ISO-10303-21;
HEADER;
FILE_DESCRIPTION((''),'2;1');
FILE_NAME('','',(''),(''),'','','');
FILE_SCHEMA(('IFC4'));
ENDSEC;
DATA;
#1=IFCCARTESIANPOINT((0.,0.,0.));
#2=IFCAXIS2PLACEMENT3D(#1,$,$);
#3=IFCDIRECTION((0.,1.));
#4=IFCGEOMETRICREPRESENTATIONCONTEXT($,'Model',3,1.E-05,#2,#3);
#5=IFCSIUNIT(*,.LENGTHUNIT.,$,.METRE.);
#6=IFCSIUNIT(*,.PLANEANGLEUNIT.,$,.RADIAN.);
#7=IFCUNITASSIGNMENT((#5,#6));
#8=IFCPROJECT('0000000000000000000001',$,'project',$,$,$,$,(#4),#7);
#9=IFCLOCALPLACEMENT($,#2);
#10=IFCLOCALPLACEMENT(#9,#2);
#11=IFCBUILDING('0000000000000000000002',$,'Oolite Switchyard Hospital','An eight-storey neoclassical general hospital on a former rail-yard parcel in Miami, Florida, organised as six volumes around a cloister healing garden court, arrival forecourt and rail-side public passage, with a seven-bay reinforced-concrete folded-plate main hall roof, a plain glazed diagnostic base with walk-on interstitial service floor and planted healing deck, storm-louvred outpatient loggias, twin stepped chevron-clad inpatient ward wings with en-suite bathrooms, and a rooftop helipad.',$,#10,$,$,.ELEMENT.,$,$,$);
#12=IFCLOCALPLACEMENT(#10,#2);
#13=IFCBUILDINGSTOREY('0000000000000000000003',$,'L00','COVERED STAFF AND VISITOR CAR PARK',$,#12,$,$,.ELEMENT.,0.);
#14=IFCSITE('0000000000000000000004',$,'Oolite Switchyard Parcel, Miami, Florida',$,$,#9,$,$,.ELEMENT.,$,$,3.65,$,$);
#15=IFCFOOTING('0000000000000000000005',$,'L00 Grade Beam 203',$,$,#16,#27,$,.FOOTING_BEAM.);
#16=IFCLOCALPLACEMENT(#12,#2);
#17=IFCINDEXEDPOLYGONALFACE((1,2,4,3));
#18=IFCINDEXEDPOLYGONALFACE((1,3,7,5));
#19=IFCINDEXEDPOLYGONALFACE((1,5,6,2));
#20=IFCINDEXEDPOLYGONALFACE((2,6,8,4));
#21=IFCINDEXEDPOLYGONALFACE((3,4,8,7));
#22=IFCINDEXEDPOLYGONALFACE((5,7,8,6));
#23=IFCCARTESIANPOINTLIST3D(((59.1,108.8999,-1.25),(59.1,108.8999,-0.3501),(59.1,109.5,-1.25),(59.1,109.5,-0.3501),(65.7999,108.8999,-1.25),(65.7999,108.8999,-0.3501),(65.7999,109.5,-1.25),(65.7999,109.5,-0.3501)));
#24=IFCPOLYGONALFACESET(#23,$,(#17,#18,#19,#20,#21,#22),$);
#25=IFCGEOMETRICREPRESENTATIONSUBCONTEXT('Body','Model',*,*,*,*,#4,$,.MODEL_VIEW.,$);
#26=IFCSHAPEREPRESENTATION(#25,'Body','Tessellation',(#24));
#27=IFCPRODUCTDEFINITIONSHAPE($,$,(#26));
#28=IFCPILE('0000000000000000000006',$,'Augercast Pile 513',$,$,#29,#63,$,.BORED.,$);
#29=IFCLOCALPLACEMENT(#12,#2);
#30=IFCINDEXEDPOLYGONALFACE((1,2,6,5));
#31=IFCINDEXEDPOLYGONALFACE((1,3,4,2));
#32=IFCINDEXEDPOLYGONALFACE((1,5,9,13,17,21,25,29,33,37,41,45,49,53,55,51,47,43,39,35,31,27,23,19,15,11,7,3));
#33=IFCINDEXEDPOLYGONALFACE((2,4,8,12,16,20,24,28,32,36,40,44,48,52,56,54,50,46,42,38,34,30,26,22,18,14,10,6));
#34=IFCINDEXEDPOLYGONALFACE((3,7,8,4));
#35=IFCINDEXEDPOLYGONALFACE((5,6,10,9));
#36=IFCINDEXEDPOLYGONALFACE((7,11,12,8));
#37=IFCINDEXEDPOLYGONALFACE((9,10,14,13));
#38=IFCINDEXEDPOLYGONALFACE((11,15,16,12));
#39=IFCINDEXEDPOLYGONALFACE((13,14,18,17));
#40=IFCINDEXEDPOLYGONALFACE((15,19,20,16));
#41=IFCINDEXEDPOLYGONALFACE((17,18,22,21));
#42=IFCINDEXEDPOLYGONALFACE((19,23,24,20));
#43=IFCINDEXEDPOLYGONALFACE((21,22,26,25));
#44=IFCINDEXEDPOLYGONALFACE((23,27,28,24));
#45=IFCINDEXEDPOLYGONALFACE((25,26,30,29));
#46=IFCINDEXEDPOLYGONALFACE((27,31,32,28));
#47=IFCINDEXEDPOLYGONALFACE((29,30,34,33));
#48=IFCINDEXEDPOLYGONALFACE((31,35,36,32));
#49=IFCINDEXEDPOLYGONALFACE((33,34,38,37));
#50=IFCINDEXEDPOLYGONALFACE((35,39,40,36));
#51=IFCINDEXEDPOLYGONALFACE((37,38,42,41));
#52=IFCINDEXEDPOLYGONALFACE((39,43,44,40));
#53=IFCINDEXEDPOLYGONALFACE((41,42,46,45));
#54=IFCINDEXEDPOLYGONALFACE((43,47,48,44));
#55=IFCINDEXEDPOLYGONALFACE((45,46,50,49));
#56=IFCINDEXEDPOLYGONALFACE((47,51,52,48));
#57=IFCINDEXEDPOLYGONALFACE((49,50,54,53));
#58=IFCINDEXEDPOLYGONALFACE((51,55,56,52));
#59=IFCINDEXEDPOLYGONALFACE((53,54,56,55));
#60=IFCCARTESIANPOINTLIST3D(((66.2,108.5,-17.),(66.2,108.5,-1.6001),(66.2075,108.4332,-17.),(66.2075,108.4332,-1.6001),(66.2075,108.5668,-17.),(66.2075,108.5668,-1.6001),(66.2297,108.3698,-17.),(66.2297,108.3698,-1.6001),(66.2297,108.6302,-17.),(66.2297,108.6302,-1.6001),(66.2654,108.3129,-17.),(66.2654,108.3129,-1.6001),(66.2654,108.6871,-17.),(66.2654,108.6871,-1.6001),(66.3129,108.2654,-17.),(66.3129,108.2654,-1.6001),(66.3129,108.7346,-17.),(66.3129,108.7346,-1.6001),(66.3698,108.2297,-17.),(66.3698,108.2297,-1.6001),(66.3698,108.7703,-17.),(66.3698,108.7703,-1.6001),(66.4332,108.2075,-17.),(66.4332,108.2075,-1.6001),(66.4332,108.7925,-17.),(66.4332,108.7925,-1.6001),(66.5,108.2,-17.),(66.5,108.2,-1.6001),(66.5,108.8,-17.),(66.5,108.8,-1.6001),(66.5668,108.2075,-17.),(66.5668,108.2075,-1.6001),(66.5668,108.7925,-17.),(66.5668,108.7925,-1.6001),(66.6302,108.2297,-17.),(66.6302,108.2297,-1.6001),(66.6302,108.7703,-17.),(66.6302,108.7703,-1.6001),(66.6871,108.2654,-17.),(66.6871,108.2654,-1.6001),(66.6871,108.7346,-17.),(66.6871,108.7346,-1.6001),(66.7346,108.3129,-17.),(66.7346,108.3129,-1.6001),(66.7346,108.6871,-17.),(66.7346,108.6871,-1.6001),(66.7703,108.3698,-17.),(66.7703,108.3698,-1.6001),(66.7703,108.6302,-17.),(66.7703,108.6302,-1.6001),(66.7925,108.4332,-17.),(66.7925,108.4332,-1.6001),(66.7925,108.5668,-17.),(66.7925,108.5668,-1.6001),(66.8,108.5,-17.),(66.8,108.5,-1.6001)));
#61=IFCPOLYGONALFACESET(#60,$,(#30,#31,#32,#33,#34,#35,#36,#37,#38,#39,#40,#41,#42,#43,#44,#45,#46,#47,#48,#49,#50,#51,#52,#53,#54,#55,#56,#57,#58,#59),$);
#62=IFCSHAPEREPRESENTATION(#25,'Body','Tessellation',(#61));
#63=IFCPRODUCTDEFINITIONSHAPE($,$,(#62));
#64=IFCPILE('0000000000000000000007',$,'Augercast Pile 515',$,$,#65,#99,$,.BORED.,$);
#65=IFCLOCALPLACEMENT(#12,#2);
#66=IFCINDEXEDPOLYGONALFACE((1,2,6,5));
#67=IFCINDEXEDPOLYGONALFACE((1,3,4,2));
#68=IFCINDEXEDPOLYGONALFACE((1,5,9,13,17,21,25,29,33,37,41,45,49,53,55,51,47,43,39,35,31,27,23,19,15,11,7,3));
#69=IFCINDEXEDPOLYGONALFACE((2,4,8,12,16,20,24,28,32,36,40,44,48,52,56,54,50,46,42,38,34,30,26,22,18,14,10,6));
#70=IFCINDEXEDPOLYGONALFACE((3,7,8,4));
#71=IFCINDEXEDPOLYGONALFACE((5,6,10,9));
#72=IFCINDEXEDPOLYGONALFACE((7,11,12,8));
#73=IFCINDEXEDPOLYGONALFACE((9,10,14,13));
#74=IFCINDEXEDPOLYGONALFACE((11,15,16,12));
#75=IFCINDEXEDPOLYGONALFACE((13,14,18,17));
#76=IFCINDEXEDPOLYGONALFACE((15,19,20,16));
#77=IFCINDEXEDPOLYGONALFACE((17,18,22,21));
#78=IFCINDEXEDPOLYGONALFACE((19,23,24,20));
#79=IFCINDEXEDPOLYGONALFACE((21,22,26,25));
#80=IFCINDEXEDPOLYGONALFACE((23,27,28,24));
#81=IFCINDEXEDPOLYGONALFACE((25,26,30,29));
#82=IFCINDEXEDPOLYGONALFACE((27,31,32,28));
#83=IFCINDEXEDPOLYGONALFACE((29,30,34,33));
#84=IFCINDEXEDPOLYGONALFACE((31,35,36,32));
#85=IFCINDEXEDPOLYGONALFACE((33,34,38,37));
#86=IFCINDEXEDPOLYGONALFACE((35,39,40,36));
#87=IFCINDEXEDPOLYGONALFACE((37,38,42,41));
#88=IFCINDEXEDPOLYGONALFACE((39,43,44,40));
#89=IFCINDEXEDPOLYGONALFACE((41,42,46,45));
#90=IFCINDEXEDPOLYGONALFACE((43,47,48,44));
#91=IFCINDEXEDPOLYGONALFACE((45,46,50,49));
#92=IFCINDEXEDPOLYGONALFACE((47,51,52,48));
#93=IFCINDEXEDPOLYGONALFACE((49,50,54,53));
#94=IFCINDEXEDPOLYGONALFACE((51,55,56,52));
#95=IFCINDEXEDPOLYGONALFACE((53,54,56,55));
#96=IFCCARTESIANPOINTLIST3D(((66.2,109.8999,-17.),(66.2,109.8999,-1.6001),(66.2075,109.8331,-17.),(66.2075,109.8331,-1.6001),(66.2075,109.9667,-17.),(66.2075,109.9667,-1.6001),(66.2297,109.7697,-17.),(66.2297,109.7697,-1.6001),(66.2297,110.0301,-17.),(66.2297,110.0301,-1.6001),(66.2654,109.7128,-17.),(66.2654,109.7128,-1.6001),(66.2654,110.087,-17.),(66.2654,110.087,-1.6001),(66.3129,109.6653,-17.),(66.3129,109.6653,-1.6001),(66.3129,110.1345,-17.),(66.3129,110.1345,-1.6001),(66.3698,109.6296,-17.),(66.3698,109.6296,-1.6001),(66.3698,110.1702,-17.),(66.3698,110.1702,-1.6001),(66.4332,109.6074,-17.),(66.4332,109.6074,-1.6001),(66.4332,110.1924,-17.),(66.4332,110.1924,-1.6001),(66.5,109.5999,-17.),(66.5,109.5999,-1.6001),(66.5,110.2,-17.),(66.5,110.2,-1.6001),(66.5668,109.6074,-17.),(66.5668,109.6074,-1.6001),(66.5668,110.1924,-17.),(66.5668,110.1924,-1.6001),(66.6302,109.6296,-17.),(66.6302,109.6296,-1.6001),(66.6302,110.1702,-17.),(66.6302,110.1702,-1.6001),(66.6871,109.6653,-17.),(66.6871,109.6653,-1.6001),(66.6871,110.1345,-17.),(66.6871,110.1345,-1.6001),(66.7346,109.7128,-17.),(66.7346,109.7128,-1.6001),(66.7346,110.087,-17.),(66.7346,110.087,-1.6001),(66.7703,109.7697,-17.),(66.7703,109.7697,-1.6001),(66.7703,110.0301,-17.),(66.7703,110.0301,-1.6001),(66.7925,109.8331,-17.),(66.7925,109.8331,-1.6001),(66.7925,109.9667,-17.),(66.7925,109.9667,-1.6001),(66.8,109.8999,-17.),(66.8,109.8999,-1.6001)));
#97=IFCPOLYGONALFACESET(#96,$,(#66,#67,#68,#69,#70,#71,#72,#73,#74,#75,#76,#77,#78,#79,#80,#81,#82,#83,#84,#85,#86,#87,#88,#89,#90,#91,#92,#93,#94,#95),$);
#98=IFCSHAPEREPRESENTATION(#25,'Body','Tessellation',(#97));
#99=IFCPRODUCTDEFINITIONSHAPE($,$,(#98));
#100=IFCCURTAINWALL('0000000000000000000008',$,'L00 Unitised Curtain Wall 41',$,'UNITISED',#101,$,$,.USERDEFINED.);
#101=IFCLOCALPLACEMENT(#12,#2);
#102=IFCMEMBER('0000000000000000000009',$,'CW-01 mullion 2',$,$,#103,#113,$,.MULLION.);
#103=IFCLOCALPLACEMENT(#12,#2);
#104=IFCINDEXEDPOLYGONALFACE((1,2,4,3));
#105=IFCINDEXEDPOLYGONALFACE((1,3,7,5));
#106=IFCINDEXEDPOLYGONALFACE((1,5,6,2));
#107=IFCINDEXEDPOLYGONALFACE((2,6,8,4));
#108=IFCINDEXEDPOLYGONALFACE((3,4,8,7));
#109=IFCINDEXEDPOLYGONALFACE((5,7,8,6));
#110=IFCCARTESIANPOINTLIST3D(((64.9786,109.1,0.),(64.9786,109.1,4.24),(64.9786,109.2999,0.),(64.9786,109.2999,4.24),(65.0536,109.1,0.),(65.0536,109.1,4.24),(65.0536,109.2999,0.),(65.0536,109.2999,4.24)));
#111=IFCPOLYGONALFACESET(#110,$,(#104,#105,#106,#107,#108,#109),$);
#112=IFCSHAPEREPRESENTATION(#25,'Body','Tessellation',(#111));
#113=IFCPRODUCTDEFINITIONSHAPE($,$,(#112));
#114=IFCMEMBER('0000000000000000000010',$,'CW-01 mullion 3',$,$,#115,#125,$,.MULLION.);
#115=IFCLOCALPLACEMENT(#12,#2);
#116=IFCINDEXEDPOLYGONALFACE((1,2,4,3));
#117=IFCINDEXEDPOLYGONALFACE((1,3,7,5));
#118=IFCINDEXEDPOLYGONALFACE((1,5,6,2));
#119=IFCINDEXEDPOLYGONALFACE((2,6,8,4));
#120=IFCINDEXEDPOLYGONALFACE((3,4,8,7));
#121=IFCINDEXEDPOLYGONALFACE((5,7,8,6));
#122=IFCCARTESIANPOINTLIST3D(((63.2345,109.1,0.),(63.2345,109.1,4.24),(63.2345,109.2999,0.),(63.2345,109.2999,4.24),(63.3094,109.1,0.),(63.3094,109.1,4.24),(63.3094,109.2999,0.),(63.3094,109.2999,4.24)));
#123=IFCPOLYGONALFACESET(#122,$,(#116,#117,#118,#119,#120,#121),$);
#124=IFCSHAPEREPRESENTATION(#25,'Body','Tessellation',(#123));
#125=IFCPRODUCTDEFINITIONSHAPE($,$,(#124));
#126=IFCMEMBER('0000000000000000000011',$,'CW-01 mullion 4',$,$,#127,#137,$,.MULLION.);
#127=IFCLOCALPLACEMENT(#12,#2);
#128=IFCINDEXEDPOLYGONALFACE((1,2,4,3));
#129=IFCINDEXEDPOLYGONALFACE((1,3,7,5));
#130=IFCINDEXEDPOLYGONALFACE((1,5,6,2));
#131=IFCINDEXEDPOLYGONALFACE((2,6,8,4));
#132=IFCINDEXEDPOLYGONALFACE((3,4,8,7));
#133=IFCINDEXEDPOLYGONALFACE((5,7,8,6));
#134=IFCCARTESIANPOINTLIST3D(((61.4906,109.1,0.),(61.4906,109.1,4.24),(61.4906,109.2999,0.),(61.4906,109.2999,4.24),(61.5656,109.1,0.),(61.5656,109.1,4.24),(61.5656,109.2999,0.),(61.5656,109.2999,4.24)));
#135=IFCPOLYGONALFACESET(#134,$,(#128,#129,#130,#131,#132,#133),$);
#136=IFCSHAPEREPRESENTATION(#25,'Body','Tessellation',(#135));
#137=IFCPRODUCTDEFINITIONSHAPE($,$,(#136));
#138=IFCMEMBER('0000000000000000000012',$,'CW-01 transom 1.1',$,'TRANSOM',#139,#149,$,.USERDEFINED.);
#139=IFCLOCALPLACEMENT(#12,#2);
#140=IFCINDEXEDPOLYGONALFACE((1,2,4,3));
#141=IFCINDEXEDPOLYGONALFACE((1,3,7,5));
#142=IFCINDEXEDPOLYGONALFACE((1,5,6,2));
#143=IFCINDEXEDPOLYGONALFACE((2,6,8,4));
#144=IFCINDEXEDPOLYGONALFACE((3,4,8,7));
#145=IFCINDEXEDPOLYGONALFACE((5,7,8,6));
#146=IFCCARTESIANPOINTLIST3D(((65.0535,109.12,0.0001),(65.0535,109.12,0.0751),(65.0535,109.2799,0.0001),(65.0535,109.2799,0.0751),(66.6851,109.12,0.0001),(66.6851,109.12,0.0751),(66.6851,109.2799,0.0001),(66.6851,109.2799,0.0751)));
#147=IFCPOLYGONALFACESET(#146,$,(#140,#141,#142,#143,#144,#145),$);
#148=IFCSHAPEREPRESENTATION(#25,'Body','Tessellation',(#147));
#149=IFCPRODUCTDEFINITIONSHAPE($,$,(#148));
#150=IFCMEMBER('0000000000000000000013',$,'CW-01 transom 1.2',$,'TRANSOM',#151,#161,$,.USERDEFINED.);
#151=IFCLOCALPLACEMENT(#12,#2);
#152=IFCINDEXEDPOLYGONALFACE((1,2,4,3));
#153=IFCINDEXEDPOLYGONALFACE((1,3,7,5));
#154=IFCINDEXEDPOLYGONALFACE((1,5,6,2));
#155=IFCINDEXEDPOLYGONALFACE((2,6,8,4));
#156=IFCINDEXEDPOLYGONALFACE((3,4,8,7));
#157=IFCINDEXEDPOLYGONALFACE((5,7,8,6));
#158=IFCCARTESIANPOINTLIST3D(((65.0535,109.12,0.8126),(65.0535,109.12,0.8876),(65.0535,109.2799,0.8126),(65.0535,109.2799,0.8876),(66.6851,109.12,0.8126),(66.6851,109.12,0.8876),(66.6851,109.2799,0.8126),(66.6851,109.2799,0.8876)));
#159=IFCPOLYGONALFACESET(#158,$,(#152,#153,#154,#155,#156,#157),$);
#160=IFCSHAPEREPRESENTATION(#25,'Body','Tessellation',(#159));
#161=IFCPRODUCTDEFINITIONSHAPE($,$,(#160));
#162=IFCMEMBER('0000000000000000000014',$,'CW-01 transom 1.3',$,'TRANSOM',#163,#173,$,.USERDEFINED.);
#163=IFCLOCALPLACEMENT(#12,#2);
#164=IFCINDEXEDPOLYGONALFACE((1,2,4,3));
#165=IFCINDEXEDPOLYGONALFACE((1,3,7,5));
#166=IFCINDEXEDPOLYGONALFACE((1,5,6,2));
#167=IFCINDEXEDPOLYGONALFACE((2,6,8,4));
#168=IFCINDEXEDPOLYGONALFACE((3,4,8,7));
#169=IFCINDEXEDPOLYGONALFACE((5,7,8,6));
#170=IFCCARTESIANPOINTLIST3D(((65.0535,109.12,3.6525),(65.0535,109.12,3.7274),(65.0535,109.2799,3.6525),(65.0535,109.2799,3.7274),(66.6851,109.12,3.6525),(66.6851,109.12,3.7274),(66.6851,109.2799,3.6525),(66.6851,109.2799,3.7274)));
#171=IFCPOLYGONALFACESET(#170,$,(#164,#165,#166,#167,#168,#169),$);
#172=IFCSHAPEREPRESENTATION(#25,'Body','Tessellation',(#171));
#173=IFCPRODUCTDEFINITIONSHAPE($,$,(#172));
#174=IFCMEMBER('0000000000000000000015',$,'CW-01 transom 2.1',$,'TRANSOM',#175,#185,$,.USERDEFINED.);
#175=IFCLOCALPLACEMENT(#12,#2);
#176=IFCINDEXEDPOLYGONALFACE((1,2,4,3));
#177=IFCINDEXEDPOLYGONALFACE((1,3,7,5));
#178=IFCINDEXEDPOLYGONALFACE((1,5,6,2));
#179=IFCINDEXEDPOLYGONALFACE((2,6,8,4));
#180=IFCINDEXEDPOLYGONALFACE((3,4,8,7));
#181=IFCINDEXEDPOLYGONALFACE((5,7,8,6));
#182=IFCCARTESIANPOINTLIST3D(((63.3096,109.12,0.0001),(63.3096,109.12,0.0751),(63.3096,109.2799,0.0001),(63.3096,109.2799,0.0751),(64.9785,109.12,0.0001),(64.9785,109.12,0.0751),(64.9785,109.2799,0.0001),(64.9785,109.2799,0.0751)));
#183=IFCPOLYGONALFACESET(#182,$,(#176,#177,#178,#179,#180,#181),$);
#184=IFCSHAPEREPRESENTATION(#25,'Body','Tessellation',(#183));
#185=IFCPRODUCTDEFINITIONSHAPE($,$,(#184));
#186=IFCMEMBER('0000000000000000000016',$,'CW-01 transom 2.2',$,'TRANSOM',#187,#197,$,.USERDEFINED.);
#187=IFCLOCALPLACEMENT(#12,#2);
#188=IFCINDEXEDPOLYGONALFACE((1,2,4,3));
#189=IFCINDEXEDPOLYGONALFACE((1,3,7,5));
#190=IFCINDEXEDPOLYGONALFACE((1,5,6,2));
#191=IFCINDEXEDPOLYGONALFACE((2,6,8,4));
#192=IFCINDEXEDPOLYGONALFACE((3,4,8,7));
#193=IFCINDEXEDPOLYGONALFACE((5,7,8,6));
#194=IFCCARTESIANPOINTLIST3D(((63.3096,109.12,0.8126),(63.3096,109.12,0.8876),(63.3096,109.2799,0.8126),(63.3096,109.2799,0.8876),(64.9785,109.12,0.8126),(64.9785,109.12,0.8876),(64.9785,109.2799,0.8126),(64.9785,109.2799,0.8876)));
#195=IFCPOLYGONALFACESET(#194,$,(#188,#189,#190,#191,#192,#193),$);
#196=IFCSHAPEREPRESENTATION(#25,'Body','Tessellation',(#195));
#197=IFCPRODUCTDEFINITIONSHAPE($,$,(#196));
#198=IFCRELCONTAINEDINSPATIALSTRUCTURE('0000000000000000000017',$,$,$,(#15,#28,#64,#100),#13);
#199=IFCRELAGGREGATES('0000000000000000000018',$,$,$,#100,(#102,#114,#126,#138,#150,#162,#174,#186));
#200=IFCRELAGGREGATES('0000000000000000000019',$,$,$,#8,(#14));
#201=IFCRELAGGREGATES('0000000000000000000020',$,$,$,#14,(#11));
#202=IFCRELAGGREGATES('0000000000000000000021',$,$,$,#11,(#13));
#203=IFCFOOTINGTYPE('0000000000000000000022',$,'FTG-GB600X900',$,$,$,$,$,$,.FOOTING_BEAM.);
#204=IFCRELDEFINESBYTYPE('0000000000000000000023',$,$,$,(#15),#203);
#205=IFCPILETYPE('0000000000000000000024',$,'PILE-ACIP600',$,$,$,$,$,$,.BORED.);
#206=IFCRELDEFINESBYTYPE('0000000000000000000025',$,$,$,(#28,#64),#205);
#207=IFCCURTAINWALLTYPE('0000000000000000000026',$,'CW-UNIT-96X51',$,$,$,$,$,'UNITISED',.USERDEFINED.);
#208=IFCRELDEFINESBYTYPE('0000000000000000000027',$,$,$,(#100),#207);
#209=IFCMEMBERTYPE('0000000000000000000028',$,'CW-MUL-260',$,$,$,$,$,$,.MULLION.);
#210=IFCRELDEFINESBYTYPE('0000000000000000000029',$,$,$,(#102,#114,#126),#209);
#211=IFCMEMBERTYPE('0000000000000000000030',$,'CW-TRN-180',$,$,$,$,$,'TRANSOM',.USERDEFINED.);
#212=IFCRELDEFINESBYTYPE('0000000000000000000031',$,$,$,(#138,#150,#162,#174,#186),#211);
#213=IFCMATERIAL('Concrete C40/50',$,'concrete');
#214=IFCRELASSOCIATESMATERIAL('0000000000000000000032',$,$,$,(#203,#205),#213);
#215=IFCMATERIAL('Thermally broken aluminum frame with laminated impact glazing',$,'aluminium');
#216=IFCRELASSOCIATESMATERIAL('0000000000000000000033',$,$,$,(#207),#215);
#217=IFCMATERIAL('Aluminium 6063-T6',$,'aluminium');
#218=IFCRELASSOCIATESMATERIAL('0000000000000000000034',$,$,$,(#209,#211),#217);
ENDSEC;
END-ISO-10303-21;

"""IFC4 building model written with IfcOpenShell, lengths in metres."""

from ifc_helpers import new_model, si_unit, direction, frame, origin, origin_2d, place, context, subcontext, project, spatial, rectangle, circle, extrude, material, material_profile, profile_set, type_object, element, aggregate, save


model = new_model("IFC4")

# Units and contexts
model_context = context("Model", 3, precision=1e-05, world=origin(), true_north=direction((0.0, 1.0)))
body_context = subcontext(model_context, "Body", "Model", "MODEL_VIEW")
ifc_project = project(units=[si_unit("LENGTHUNIT", "METRE"), si_unit("PLANEANGLEUNIT", "RADIAN")], contexts=[model_context])

# Site, building, storey
site_placement = place(None, origin())
site = spatial("IfcSite", under=ifc_project, at=site_placement, Name="Oolite Switchyard Parcel, Miami, Florida", CompositionType="ELEMENT", RefElevation=3.65)
building_placement = place(site_placement, origin())
building = spatial("IfcBuilding", under=site, at=building_placement, Name="Oolite Switchyard Hospital", Description="An eight-storey neoclassical general hospital on a former rail-yard parcel in Miami, Florida, organised as six volumes around a cloister healing garden court, arrival forecourt and rail-side public passage, with a seven-bay reinforced-concrete folded-plate main hall roof, a plain glazed diagnostic base with walk-on interstitial service floor and planted healing deck, storm-louvred outpatient loggias, twin stepped chevron-clad inpatient ward wings with en-suite bathrooms, and a rooftop helipad.", CompositionType="ELEMENT")
storey_placement = place(building_placement, origin())
storey = spatial("IfcBuildingStorey", under=building, at=storey_placement, Name="L00", Description="COVERED STAFF AND VISITOR CAR PARK", CompositionType="ELEMENT", Elevation=0.0)

# Footing
ifc_material_1 = material(Name="Concrete C40/50", Category="concrete")
footing_type = type_object("IfcFootingType", Name="FTG-GB600X900", PredefinedType="FOOTING_BEAM", material=ifc_material_1)
footing_placement = place(storey_placement, frame((62.45, 109.2, -1.25), z_axis=(0.0, 0.0, 1.0), x_axis=(1.0, 0.0, 0.0)))
element("IfcFooting", 1, at=footing_placement, inside=storey, type_object=footing_type, Name="L00 Grade Beam 203", PredefinedType="FOOTING_BEAM", context=body_context, shape_type="SweptSolid", body=[
    extrude(rectangle(XDim=6.7, YDim=0.6001, at=origin_2d()), origin(), (0.0, 0.0, 1.0), 0.8999),
])

# Piles
ifc_material_profile_1 = material_profile(ifc_material_1, circle(Radius=0.3, at=origin_2d()), Name="PILE600")
ifc_profile_set_1 = profile_set([ifc_material_profile_1], Name="Concrete C40/50")
pile_type = type_object("IfcPileType", Name="PILE-ACIP600", PredefinedType="BORED", material=ifc_profile_set_1)
for number, where, z_axis, x_axis, name in (
    (2, (66.5, 108.5, -1.6001), (0.0, 0.0, -1.0), (1.0, 0.0, 0.0), "Augercast Pile 513"),
    (3, (66.5, 109.8999, -1.6001), (0.0, 0.0, -1.0), (1.0, 0.0, 0.0), "Augercast Pile 515"),
):
    element("IfcPile", number, at=place(storey_placement, frame(where, z_axis=z_axis, x_axis=x_axis)), inside=storey, type_object=pile_type, Name=name, PredefinedType="BORED", context=body_context, shape_type="SweptSolid", body=[
        extrude(circle(Radius=0.3, at=origin_2d()), origin(), (0.0, 0.0, 1.0), 15.3999),
    ])

# Curtain wall, members
ifc_material_2 = material(Name="Thermally broken aluminum frame with laminated impact glazing", Category="aluminium")
curtain_wall_type = type_object("IfcCurtainWallType", Name="CW-UNIT-96X51", ElementType="UNITISED", PredefinedType="USERDEFINED", material=ifc_material_2)
curtain_wall_placement = place(storey_placement, origin())
curtain_wall = element("IfcCurtainWall", 4, at=curtain_wall_placement, inside=storey, type_object=curtain_wall_type, Name="L00 Unitised Curtain Wall 41", ObjectType="UNITISED", PredefinedType="USERDEFINED")
ifc_material_3 = material(Name="Aluminium 6063-T6", Category="aluminium")
ifc_material_profile_2 = material_profile(ifc_material_3, rectangle(XDim=0.2, YDim=0.075, at=origin_2d()), Name="CWM75X200")
ifc_profile_set_2 = profile_set([ifc_material_profile_2], Name="Aluminium 6063-T6")
member_type_1 = type_object("IfcMemberType", Name="CW-MUL-260", PredefinedType="MULLION", material=ifc_profile_set_2)
member_1_placement = place(storey_placement, frame((65.0161, 109.2, 0.0), z_axis=(0.0, 0.0, 1.0), x_axis=(0.0, -1.0, 0.0)))
member_1 = element("IfcMember", 5, at=member_1_placement, type_object=member_type_1, Name="CW-01 mullion 2", PredefinedType="MULLION", context=body_context, shape_type="SweptSolid", body=[
    extrude(rectangle(XDim=0.2, YDim=0.075, at=origin_2d()), origin(), (0.0, 0.0, 1.0), 4.24),
])
member_2_placement = place(storey_placement, frame((63.272, 109.2, 0.0), z_axis=(0.0, 0.0, 1.0), x_axis=(0.0, -1.0, 0.0)))
member_2 = element("IfcMember", 6, at=member_2_placement, type_object=member_type_1, Name="CW-01 mullion 3", PredefinedType="MULLION", context=body_context, shape_type="SweptSolid", body=[
    extrude(rectangle(XDim=0.2, YDim=0.075, at=origin_2d()), origin(), (0.0, 0.0, 1.0), 4.24),
])
member_3_placement = place(storey_placement, frame((61.5281, 109.2, 0.0), z_axis=(0.0, 0.0, 1.0), x_axis=(0.0, -1.0, 0.0)))
member_3 = element("IfcMember", 7, at=member_3_placement, type_object=member_type_1, Name="CW-01 mullion 4", PredefinedType="MULLION", context=body_context, shape_type="SweptSolid", body=[
    extrude(rectangle(XDim=0.2, YDim=0.075, at=origin_2d()), origin(), (0.0, 0.0, 1.0), 4.24),
])
ifc_material_profile_3 = material_profile(ifc_material_3, rectangle(XDim=0.1599, YDim=0.075, at=origin_2d()), Name="CWT75X160")
ifc_profile_set_3 = profile_set([ifc_material_profile_3], Name="Aluminium 6063-T6")
member_type_2 = type_object("IfcMemberType", Name="CW-TRN-180", ElementType="TRANSOM", PredefinedType="USERDEFINED", material=ifc_profile_set_3)
member_4_placement = place(storey_placement, frame((66.6851, 109.2, 0.0376), z_axis=(-1.0, 0.0, 0.0), x_axis=(0.0, -1.0, 0.0)))
member_4 = element("IfcMember", 8, at=member_4_placement, type_object=member_type_2, Name="CW-01 transom 1.1", ObjectType="TRANSOM", PredefinedType="USERDEFINED", context=body_context, shape_type="SweptSolid", body=[
    extrude(rectangle(XDim=0.1599, YDim=0.075, at=origin_2d()), origin(), (0.0, 0.0, 1.0), 1.6316),
])
member_5_placement = place(storey_placement, frame((66.6851, 109.2, 0.8501), z_axis=(-1.0, 0.0, 0.0), x_axis=(0.0, -1.0, 0.0)))
member_5 = element("IfcMember", 9, at=member_5_placement, type_object=member_type_2, Name="CW-01 transom 1.2", ObjectType="TRANSOM", PredefinedType="USERDEFINED", context=body_context, shape_type="SweptSolid", body=[
    extrude(rectangle(XDim=0.1599, YDim=0.075, at=origin_2d()), origin(), (0.0, 0.0, 1.0), 1.6316),
])
member_6_placement = place(storey_placement, frame((66.6851, 109.2, 3.6899), z_axis=(-1.0, 0.0, 0.0), x_axis=(0.0, -1.0, 0.0)))
member_6 = element("IfcMember", 10, at=member_6_placement, type_object=member_type_2, Name="CW-01 transom 1.3", ObjectType="TRANSOM", PredefinedType="USERDEFINED", context=body_context, shape_type="SweptSolid", body=[
    extrude(rectangle(XDim=0.1599, YDim=0.075, at=origin_2d()), origin(), (0.0, 0.0, 1.0), 1.6316),
])
member_7_placement = place(storey_placement, frame((64.9785, 109.2, 0.0376), z_axis=(-1.0, 0.0, 0.0), x_axis=(0.0, -1.0, 0.0)))
member_7 = element("IfcMember", 11, at=member_7_placement, type_object=member_type_2, Name="CW-01 transom 2.1", ObjectType="TRANSOM", PredefinedType="USERDEFINED", context=body_context, shape_type="SweptSolid", body=[
    extrude(rectangle(XDim=0.1599, YDim=0.075, at=origin_2d()), origin(), (0.0, 0.0, 1.0), 1.6689),
])
member_8_placement = place(storey_placement, frame((64.9785, 109.2, 0.8501), z_axis=(-1.0, 0.0, 0.0), x_axis=(0.0, -1.0, 0.0)))
member_8 = element("IfcMember", 12, at=member_8_placement, type_object=member_type_2, Name="CW-01 transom 2.2", ObjectType="TRANSOM", PredefinedType="USERDEFINED", context=body_context, shape_type="SweptSolid", body=[
    extrude(rectangle(XDim=0.1599, YDim=0.075, at=origin_2d()), origin(), (0.0, 0.0, 1.0), 1.6689),
])
aggregate(curtain_wall, [member_1, member_2, member_3, member_4, member_5, member_6, member_7, member_8])

save(model, "model.ifc")
